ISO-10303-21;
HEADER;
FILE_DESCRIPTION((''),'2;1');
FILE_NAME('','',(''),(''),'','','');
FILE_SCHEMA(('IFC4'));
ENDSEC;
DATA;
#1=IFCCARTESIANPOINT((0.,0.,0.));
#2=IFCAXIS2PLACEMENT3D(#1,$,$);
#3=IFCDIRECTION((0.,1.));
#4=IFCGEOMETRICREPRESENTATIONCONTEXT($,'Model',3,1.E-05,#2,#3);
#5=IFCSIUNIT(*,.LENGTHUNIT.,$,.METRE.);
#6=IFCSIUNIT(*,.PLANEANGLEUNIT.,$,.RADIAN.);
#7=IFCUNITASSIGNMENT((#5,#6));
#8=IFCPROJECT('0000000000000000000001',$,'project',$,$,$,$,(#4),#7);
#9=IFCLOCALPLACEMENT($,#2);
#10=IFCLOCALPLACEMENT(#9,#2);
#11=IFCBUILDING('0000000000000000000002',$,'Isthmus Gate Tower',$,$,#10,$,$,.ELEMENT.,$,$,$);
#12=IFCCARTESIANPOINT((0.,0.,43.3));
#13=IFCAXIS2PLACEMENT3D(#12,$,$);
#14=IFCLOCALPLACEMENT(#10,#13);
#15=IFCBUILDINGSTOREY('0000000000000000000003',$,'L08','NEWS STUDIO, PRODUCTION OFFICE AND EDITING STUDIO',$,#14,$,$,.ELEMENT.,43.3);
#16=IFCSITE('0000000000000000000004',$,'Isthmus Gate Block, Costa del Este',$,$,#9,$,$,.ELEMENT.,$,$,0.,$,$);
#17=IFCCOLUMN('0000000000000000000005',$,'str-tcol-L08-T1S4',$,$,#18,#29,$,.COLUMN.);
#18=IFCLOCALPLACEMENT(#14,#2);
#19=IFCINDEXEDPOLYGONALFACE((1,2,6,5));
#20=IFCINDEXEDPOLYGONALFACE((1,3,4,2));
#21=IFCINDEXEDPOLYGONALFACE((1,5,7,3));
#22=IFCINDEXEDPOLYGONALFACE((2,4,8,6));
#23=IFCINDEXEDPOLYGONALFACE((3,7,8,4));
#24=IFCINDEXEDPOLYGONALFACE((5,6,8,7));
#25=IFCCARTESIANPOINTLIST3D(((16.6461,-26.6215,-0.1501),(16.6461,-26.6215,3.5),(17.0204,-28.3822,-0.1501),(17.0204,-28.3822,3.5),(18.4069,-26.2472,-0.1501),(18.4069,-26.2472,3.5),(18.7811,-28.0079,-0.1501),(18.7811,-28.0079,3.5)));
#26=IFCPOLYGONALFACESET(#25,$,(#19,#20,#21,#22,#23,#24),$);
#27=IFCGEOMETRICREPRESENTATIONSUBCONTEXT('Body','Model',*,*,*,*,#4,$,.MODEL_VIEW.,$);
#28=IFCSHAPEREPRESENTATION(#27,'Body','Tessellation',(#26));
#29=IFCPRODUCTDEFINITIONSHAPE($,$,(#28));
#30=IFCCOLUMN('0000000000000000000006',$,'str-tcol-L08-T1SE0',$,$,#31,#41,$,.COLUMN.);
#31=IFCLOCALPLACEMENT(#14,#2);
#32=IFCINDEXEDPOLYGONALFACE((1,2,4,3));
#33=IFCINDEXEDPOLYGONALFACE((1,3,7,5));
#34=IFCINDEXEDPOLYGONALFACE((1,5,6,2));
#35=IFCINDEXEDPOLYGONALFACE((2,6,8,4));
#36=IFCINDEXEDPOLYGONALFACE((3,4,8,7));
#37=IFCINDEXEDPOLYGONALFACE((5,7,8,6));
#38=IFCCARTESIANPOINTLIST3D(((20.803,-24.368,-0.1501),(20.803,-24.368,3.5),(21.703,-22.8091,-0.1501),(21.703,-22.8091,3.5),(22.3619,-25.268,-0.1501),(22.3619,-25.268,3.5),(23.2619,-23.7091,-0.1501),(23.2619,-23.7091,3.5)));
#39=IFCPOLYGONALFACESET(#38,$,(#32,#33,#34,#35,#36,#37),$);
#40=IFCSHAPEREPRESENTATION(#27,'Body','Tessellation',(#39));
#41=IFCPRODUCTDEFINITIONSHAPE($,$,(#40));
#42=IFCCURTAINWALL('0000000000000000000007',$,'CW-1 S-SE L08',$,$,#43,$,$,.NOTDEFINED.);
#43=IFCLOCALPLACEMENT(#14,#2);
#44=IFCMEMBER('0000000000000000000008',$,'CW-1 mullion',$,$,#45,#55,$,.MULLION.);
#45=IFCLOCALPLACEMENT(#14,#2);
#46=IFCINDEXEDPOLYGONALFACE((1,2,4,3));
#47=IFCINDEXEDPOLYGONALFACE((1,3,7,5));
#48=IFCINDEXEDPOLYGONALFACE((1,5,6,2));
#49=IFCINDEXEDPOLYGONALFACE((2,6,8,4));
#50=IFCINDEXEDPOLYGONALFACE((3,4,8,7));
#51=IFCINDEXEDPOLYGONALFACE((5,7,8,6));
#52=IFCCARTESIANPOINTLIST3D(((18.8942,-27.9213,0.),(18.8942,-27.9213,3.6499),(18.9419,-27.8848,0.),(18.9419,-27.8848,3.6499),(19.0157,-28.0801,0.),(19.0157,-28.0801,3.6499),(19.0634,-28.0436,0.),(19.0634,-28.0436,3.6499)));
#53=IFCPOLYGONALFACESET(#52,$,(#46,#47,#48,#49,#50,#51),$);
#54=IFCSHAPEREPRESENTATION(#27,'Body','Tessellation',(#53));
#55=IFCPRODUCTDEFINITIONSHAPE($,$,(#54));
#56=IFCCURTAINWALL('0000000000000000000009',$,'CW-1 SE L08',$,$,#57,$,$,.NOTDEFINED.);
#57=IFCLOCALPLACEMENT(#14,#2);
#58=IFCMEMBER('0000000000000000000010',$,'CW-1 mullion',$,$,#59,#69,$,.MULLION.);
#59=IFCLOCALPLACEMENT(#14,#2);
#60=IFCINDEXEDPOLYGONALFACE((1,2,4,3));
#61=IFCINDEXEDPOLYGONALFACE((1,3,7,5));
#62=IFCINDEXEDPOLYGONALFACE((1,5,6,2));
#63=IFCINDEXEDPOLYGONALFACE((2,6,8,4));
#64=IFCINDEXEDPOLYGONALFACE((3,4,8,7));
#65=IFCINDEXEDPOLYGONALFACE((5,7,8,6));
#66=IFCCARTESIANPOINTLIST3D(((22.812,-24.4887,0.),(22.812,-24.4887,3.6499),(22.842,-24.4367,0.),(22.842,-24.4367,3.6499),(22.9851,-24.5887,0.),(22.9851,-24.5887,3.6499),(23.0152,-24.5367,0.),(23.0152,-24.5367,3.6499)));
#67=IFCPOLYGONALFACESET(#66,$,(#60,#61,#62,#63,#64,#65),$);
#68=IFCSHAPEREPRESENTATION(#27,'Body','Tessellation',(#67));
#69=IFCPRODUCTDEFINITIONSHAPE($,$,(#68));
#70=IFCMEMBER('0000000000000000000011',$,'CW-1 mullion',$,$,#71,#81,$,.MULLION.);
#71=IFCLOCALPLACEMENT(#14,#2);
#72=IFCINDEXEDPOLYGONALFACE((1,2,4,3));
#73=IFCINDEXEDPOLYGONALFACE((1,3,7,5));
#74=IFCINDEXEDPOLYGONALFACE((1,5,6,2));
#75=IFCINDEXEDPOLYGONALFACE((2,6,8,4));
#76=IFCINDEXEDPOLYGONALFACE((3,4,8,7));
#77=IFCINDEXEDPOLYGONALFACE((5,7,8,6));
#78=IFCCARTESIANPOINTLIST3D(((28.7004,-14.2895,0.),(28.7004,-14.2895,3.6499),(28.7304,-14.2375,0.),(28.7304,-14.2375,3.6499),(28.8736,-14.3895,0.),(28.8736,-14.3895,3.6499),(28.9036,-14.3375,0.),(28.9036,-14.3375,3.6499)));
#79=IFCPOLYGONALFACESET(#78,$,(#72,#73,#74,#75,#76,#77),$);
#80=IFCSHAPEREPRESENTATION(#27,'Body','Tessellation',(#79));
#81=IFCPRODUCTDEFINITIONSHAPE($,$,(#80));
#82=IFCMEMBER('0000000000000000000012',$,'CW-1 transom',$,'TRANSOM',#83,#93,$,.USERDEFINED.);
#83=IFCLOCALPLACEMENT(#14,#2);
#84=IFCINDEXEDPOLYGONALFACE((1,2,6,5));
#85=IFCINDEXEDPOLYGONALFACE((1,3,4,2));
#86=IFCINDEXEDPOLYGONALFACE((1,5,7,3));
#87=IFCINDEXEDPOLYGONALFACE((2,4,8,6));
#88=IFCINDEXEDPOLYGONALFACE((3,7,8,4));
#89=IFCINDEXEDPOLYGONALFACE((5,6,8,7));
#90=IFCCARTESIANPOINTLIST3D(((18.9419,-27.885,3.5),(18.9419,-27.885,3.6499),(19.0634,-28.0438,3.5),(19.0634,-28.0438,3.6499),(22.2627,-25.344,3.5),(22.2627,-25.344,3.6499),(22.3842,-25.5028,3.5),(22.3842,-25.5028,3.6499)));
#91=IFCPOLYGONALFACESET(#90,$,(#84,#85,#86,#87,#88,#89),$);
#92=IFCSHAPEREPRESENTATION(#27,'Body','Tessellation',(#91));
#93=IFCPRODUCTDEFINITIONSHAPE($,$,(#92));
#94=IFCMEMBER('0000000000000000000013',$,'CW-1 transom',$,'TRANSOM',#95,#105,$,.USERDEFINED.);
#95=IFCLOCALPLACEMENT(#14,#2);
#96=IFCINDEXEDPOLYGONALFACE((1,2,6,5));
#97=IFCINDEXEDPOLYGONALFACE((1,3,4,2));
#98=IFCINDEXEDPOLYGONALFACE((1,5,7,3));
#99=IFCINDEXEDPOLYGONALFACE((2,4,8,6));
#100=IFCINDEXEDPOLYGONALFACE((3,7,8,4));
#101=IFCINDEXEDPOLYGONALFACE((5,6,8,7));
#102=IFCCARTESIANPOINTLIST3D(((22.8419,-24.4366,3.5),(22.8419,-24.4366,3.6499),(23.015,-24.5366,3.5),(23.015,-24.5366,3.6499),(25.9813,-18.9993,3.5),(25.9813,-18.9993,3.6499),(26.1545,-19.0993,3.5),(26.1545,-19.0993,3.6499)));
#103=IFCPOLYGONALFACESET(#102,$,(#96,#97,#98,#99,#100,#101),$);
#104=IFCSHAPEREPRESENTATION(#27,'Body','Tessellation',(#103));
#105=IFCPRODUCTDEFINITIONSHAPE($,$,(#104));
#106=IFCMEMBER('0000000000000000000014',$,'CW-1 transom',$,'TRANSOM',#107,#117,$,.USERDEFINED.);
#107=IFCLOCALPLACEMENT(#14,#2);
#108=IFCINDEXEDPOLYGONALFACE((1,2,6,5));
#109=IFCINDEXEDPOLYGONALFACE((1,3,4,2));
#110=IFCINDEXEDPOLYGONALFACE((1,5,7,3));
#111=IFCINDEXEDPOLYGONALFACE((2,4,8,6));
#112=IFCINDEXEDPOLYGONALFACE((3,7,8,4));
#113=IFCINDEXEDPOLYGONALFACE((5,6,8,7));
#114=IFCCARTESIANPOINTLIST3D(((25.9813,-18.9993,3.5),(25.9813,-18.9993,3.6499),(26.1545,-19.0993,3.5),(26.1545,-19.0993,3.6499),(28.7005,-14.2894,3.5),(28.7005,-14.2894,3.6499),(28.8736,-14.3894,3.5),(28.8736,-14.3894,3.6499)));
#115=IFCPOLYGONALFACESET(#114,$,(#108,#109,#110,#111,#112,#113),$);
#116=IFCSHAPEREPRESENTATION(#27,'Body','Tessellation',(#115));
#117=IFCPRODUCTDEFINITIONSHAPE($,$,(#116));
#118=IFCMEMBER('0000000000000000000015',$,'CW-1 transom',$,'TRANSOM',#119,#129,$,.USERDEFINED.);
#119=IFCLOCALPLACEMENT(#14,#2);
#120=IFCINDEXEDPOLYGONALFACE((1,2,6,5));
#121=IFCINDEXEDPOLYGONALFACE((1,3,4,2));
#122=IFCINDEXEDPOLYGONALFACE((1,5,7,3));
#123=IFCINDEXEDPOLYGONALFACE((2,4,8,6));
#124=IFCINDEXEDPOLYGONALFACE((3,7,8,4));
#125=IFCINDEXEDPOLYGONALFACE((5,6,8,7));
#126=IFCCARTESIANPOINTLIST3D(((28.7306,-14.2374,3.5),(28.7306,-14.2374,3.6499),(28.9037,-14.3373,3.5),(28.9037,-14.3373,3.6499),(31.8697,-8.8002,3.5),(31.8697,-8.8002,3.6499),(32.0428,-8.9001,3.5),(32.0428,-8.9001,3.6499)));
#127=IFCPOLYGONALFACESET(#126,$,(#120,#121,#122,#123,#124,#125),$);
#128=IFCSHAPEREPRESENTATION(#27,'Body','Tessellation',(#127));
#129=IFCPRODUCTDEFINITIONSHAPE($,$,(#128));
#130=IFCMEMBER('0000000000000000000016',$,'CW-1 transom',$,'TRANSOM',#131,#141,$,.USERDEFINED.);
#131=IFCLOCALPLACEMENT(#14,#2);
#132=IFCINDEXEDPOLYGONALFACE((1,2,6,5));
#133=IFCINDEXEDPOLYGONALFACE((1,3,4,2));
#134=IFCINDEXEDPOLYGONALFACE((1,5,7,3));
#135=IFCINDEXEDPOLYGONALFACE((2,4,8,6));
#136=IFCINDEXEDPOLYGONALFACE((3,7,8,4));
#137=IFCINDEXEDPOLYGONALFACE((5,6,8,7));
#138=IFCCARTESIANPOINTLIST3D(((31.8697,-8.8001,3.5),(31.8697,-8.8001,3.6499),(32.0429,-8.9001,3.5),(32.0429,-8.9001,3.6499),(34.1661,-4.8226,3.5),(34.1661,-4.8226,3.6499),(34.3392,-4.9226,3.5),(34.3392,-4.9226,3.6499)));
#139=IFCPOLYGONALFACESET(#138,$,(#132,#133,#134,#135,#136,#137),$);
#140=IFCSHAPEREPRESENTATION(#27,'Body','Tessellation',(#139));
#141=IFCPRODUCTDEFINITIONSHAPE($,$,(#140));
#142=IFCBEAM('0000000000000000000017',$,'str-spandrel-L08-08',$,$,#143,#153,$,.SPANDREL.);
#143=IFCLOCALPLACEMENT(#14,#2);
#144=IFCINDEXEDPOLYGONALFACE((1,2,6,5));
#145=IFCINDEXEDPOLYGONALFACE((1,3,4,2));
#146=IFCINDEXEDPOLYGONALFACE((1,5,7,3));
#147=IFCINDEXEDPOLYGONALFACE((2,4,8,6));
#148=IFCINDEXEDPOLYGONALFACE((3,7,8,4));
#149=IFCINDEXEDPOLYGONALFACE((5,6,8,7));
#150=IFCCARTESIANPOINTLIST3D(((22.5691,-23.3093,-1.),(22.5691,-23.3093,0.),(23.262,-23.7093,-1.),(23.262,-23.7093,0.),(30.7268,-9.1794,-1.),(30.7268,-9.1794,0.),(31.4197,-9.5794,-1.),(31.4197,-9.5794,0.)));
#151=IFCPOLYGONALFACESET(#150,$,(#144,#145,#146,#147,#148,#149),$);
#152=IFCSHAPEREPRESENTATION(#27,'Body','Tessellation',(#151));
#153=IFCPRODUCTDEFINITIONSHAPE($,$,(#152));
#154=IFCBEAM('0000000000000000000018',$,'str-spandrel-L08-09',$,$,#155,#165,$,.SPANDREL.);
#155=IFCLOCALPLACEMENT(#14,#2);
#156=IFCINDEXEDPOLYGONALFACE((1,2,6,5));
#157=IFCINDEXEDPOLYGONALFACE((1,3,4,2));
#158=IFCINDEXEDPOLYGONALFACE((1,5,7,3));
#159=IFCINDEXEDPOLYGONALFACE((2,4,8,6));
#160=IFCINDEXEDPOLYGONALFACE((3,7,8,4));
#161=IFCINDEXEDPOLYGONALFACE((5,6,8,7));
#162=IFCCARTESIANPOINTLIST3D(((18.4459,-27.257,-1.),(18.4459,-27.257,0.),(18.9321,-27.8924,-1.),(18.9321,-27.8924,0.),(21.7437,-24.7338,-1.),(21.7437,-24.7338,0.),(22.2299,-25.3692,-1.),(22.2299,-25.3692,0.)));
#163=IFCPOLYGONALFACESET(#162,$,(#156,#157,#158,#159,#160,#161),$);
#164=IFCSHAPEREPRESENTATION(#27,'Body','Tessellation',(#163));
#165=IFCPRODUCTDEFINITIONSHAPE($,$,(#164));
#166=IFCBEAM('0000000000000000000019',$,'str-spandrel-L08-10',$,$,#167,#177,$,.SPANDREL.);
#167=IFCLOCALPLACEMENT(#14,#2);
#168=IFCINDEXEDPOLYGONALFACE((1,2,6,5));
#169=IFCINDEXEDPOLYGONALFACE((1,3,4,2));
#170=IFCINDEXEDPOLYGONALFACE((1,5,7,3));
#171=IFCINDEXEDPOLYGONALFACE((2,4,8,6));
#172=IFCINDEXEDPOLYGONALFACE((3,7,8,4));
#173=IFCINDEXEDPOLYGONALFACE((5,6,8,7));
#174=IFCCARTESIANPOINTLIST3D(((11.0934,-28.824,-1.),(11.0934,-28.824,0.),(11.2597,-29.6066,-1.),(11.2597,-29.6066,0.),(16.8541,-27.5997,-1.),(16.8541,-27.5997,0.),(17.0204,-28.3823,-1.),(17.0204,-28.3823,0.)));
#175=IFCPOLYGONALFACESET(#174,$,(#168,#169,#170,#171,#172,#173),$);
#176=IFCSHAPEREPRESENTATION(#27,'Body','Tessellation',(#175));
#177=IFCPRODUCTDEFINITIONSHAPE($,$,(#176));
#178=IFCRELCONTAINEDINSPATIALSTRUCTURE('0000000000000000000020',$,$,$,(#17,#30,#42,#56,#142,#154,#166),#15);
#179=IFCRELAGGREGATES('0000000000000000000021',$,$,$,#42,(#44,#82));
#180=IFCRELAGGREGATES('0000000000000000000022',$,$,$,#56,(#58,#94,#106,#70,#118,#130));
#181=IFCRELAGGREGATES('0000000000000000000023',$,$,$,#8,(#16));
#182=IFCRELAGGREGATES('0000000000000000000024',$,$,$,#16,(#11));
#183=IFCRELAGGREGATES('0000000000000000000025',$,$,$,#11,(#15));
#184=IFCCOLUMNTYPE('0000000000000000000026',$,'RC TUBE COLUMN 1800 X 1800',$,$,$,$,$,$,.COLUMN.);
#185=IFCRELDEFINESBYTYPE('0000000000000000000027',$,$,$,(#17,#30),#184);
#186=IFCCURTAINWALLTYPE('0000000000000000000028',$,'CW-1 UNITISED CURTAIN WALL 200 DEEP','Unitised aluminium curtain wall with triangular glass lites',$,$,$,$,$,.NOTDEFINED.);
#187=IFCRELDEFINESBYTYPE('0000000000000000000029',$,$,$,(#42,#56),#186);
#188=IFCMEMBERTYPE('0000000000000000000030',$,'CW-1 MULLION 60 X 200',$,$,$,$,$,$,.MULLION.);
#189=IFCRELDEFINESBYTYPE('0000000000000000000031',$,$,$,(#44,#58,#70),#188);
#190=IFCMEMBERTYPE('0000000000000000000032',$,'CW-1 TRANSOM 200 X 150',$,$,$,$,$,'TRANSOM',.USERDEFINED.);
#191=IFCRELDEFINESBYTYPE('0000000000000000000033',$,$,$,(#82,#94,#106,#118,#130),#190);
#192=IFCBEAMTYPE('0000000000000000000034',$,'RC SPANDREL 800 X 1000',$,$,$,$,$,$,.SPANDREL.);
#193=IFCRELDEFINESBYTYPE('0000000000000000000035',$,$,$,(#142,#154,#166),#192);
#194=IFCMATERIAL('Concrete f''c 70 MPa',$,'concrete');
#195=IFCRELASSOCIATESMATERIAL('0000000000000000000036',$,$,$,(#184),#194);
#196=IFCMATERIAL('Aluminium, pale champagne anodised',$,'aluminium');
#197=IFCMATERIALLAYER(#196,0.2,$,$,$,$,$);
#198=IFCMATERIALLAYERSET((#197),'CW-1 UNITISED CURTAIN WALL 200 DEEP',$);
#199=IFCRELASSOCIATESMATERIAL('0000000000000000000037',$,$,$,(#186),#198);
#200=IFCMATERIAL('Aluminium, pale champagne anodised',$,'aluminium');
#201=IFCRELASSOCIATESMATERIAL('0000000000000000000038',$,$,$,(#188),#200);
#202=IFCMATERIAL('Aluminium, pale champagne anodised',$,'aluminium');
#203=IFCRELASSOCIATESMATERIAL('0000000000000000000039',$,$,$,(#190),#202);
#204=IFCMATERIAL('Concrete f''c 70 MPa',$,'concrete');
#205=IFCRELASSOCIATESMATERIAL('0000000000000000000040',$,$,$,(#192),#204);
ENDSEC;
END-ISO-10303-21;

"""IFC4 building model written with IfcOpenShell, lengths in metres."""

from ifc_helpers import new_model, si_unit, direction, frame, origin, origin_2d, place, context, subcontext, project, spatial, rectangle, extrude, material, layer, layer_set, material_profile, profile_set, type_object, element, aggregate, save


model = new_model("IFC4")

# Units and contexts
model_context = context("Model", 3, precision=1e-05, world=origin(), true_north=direction((0.0, 1.0)))
body_context = subcontext(model_context, "Body", "Model", "MODEL_VIEW")
ifc_project = project(units=[si_unit("LENGTHUNIT", "METRE"), si_unit("PLANEANGLEUNIT", "RADIAN")], contexts=[model_context])

# Site, building, storey
site_placement = place(None, origin())
site = spatial("IfcSite", under=ifc_project, at=site_placement, Name="Isthmus Gate Block, Costa del Este", CompositionType="ELEMENT", RefElevation=0.0)
building_placement = place(site_placement, origin())
building = spatial("IfcBuilding", under=site, at=building_placement, Name="Isthmus Gate Tower", CompositionType="ELEMENT")
storey_placement = place(building_placement, frame((0.0, 0.0, 43.3)))
storey = spatial("IfcBuildingStorey", under=building, at=storey_placement, Name="L08", Description="NEWS STUDIO, PRODUCTION OFFICE AND EDITING STUDIO", CompositionType="ELEMENT", Elevation=43.3)

# Columns
ifc_material_1 = material(Name="Concrete f'c 70 MPa", Category="concrete")
ifc_material_profile_1 = material_profile(ifc_material_1, rectangle(XDim=1.8, YDim=1.8, at=origin_2d()), Name="RC 1800X1800")
ifc_profile_set_1 = profile_set([ifc_material_profile_1], Name="Concrete f'c 70 MPa")
column_type = type_object("IfcColumnType", Name="RC TUBE COLUMN 1800 X 1800", PredefinedType="COLUMN", material=ifc_profile_set_1)
for number, where, z_axis, x_axis, name in (
    (1, (17.7136, -27.3147, -0.1501), (0.0, 0.0, 1.0), (0.978148, 0.207912, 0.0), "str-tcol-L08-T1S4"),
    (2, (22.0325, -24.0386, -0.1501), (0.0, 0.0, 1.0), (0.5, 0.866025, 0.0), "str-tcol-L08-T1SE0"),
):
    element("IfcColumn", number, at=place(storey_placement, frame(where, z_axis=z_axis, x_axis=x_axis)), inside=storey, type_object=column_type, Name=name, PredefinedType="COLUMN", context=body_context, shape_type="SweptSolid", body=[
        extrude(rectangle(XDim=1.8, YDim=1.8, at=origin_2d()), origin(), (0.0, 0.0, 1.0), 3.6501),
    ])

# Curtain wall, member
ifc_material_2 = material(Name="Aluminium, pale champagne anodised", Category="aluminium")
ifc_layer_1 = layer(ifc_material_2, 0.2)
ifc_layer_set_1 = layer_set([ifc_layer_1], Name="CW-1 UNITISED CURTAIN WALL 200 DEEP")
curtain_wall_type = type_object("IfcCurtainWallType", Name="CW-1 UNITISED CURTAIN WALL 200 DEEP", Description="Unitised aluminium curtain wall with triangular glass lites", PredefinedType="NOTDEFINED", material=ifc_layer_set_1)
curtain_wall_1_placement = place(storey_placement, origin())
curtain_wall_1 = element("IfcCurtainWall", 3, at=curtain_wall_1_placement, inside=storey, type_object=curtain_wall_type, Name="CW-1 S-SE L08", PredefinedType="NOTDEFINED")
ifc_material_3 = material(Name="Aluminium, pale champagne anodised", Category="aluminium")
ifc_material_profile_2 = material_profile(ifc_material_3, rectangle(XDim=0.0601, YDim=0.2, at=origin_2d()), Name="60x200")
ifc_profile_set_2 = profile_set([ifc_material_profile_2], Name="Aluminium, pale champagne anodised")
member_type_1 = type_object("IfcMemberType", Name="CW-1 MULLION 60 X 200", PredefinedType="MULLION", material=ifc_profile_set_2)
member_1_placement = place(storey_placement, frame((18.9788, -27.9824, 0.0), z_axis=(0.0, 0.0, 1.0), x_axis=(0.794189, 0.607671, 0.0)))
member_1 = element("IfcMember", 4, at=member_1_placement, type_object=member_type_1, Name="CW-1 mullion", PredefinedType="MULLION", context=body_context, shape_type="SweptSolid", body=[
    extrude(rectangle(XDim=0.0601, YDim=0.2, at=origin_2d()), origin(), (0.0, 0.0, 1.0), 3.6499),
])

# Curtain wall, members
curtain_wall_2_placement = place(storey_placement, origin())
curtain_wall_2 = element("IfcCurtainWall", 5, at=curtain_wall_2_placement, inside=storey, type_object=curtain_wall_type, Name="CW-1 SE L08", PredefinedType="NOTDEFINED")
member_2_placement = place(storey_placement, frame((22.9136, -24.5127, 0.0), z_axis=(0.0, 0.0, 1.0), x_axis=(0.5, 0.866025, 0.0)))
member_2 = element("IfcMember", 6, at=member_2_placement, type_object=member_type_1, Name="CW-1 mullion", PredefinedType="MULLION", context=body_context, shape_type="SweptSolid", body=[
    extrude(rectangle(XDim=0.0601, YDim=0.2, at=origin_2d()), origin(), (0.0, 0.0, 1.0), 3.6499),
])
member_3_placement = place(storey_placement, frame((28.802, -14.3135, 0.0), z_axis=(0.0, 0.0, 1.0), x_axis=(0.5, 0.866025, 0.0)))
member_3 = element("IfcMember", 7, at=member_3_placement, type_object=member_type_1, Name="CW-1 mullion", PredefinedType="MULLION", context=body_context, shape_type="SweptSolid", body=[
    extrude(rectangle(XDim=0.0601, YDim=0.2, at=origin_2d()), origin(), (0.0, 0.0, 1.0), 3.6499),
])

# Members
ifc_material_4 = material(Name="Aluminium, pale champagne anodised", Category="aluminium")
ifc_material_profile_3 = material_profile(ifc_material_4, rectangle(XDim=0.2, YDim=0.1499, at=origin_2d()), Name="200x150")
ifc_profile_set_3 = profile_set([ifc_material_profile_3], Name="Aluminium, pale champagne anodised")
member_type_2 = type_object("IfcMemberType", Name="CW-1 TRANSOM 200 X 150", ElementType="TRANSOM", PredefinedType="USERDEFINED", material=ifc_profile_set_3)
member_4_placement = place(storey_placement, frame((19.0027, -27.9644, 3.575), z_axis=(0.794175, 0.607688, 0.0), x_axis=(-0.607688, 0.794175, 0.0)))
member_4 = element("IfcMember", 8, at=member_4_placement, type_object=member_type_2, Name="CW-1 transom", ObjectType="TRANSOM", PredefinedType="USERDEFINED", context=body_context, shape_type="SweptSolid", body=[
    extrude(rectangle(XDim=0.2, YDim=0.1499, at=origin_2d()), origin(), (0.0, 0.0, 1.0), 4.1814),
])
member_5_placement = place(storey_placement, frame((22.9285, -24.4866, 3.575), z_axis=(0.500024, 0.866011, 0.0), x_axis=(-0.866011, 0.500024, 0.0)))
member_5 = element("IfcMember", 9, at=member_5_placement, type_object=member_type_2, Name="CW-1 transom", ObjectType="TRANSOM", PredefinedType="USERDEFINED", context=body_context, shape_type="SweptSolid", body=[
    extrude(rectangle(XDim=0.2, YDim=0.1499, at=origin_2d()), origin(), (0.0, 0.0, 1.0), 6.2786),
])
member_6_placement = place(storey_placement, frame((26.0679, -19.0493, 3.575), z_axis=(0.499992, 0.86603, 0.0), x_axis=(-0.86603, 0.499992, 0.0)))
member_6 = element("IfcMember", 10, at=member_6_placement, type_object=member_type_2, Name="CW-1 transom", ObjectType="TRANSOM", PredefinedType="USERDEFINED", context=body_context, shape_type="SweptSolid", body=[
    extrude(rectangle(XDim=0.2, YDim=0.1499, at=origin_2d()), origin(), (0.0, 0.0, 1.0), 5.4385),
])
member_7_placement = place(storey_placement, frame((28.8171, -14.2874, 3.575), z_axis=(0.499995, 0.866028, 0.0), x_axis=(-0.866028, 0.499995, 0.0)))
member_7 = element("IfcMember", 11, at=member_7_placement, type_object=member_type_2, Name="CW-1 transom", ObjectType="TRANSOM", PredefinedType="USERDEFINED", context=body_context, shape_type="SweptSolid", body=[
    extrude(rectangle(XDim=0.2, YDim=0.1499, at=origin_2d()), origin(), (0.0, 0.0, 1.0), 6.2783),
])
member_8_placement = place(storey_placement, frame((31.9563, -8.8501, 3.575), z_axis=(0.499992, 0.86603, 0.0), x_axis=(-0.86603, 0.499992, 0.0)))
member_8 = element("IfcMember", 12, at=member_8_placement, type_object=member_type_2, Name="CW-1 transom", ObjectType="TRANSOM", PredefinedType="USERDEFINED", context=body_context, shape_type="SweptSolid", body=[
    extrude(rectangle(XDim=0.2, YDim=0.1499, at=origin_2d()), origin(), (0.0, 0.0, 1.0), 4.5928),
])

# Beams
ifc_material_5 = material(Name="Concrete f'c 70 MPa", Category="concrete")
ifc_material_profile_4 = material_profile(ifc_material_5, rectangle(XDim=0.8, YDim=1.0, at=origin_2d()), Name="RC 800X1000")
ifc_profile_set_4 = profile_set([ifc_material_profile_4], Name="Concrete f'c 70 MPa")
beam_type_1 = type_object("IfcBeamType", Name="RC SPANDREL 800 X 1000", PredefinedType="SPANDREL", material=ifc_profile_set_4)
beam_1_placement = place(storey_placement, frame((31.0732, -9.3794, -0.5), z_axis=(-0.499992, -0.86603, 0.0), x_axis=(0.86603, -0.499992, 0.0)))
element("IfcBeam", 13, at=beam_1_placement, inside=storey, type_object=beam_type_1, Name="str-spandrel-L08-08", PredefinedType="SPANDREL", context=body_context, shape_type="SweptSolid", body=[
    extrude(rectangle(XDim=0.8, YDim=1.0, at=origin_2d()), origin(), (0.0, 0.0, 1.0), 16.3157),
])
beam_2_placement = place(storey_placement, frame((21.9868, -25.0515, -0.5), z_axis=(-0.794206, -0.607649, 0.0), x_axis=(0.607649, -0.794206, 0.0)))
element("IfcBeam", 14, at=beam_2_placement, inside=storey, type_object=beam_type_1, Name="str-spandrel-L08-09", PredefinedType="SPANDREL", context=body_context, shape_type="SweptSolid", body=[
    extrude(rectangle(XDim=0.8, YDim=1.0, at=origin_2d()), origin(), (0.0, 0.0, 1.0), 4.1523),
])
beam_3_placement = place(storey_placement, frame((16.9373, -27.991, -0.5), z_axis=(-0.978152, -0.207892, 0.0), x_axis=(0.207892, -0.978152, 0.0)))
element("IfcBeam", 15, at=beam_3_placement, inside=storey, type_object=beam_type_1, Name="str-spandrel-L08-10", PredefinedType="SPANDREL", context=body_context, shape_type="SweptSolid", body=[
    extrude(rectangle(XDim=0.8, YDim=1.0, at=origin_2d()), origin(), (0.0, 0.0, 1.0), 5.8894),
])

aggregate(curtain_wall_1, [member_1, member_4])
aggregate(curtain_wall_2, [member_2, member_5, member_6, member_3, member_7, member_8])

save(model, "model.ifc")
